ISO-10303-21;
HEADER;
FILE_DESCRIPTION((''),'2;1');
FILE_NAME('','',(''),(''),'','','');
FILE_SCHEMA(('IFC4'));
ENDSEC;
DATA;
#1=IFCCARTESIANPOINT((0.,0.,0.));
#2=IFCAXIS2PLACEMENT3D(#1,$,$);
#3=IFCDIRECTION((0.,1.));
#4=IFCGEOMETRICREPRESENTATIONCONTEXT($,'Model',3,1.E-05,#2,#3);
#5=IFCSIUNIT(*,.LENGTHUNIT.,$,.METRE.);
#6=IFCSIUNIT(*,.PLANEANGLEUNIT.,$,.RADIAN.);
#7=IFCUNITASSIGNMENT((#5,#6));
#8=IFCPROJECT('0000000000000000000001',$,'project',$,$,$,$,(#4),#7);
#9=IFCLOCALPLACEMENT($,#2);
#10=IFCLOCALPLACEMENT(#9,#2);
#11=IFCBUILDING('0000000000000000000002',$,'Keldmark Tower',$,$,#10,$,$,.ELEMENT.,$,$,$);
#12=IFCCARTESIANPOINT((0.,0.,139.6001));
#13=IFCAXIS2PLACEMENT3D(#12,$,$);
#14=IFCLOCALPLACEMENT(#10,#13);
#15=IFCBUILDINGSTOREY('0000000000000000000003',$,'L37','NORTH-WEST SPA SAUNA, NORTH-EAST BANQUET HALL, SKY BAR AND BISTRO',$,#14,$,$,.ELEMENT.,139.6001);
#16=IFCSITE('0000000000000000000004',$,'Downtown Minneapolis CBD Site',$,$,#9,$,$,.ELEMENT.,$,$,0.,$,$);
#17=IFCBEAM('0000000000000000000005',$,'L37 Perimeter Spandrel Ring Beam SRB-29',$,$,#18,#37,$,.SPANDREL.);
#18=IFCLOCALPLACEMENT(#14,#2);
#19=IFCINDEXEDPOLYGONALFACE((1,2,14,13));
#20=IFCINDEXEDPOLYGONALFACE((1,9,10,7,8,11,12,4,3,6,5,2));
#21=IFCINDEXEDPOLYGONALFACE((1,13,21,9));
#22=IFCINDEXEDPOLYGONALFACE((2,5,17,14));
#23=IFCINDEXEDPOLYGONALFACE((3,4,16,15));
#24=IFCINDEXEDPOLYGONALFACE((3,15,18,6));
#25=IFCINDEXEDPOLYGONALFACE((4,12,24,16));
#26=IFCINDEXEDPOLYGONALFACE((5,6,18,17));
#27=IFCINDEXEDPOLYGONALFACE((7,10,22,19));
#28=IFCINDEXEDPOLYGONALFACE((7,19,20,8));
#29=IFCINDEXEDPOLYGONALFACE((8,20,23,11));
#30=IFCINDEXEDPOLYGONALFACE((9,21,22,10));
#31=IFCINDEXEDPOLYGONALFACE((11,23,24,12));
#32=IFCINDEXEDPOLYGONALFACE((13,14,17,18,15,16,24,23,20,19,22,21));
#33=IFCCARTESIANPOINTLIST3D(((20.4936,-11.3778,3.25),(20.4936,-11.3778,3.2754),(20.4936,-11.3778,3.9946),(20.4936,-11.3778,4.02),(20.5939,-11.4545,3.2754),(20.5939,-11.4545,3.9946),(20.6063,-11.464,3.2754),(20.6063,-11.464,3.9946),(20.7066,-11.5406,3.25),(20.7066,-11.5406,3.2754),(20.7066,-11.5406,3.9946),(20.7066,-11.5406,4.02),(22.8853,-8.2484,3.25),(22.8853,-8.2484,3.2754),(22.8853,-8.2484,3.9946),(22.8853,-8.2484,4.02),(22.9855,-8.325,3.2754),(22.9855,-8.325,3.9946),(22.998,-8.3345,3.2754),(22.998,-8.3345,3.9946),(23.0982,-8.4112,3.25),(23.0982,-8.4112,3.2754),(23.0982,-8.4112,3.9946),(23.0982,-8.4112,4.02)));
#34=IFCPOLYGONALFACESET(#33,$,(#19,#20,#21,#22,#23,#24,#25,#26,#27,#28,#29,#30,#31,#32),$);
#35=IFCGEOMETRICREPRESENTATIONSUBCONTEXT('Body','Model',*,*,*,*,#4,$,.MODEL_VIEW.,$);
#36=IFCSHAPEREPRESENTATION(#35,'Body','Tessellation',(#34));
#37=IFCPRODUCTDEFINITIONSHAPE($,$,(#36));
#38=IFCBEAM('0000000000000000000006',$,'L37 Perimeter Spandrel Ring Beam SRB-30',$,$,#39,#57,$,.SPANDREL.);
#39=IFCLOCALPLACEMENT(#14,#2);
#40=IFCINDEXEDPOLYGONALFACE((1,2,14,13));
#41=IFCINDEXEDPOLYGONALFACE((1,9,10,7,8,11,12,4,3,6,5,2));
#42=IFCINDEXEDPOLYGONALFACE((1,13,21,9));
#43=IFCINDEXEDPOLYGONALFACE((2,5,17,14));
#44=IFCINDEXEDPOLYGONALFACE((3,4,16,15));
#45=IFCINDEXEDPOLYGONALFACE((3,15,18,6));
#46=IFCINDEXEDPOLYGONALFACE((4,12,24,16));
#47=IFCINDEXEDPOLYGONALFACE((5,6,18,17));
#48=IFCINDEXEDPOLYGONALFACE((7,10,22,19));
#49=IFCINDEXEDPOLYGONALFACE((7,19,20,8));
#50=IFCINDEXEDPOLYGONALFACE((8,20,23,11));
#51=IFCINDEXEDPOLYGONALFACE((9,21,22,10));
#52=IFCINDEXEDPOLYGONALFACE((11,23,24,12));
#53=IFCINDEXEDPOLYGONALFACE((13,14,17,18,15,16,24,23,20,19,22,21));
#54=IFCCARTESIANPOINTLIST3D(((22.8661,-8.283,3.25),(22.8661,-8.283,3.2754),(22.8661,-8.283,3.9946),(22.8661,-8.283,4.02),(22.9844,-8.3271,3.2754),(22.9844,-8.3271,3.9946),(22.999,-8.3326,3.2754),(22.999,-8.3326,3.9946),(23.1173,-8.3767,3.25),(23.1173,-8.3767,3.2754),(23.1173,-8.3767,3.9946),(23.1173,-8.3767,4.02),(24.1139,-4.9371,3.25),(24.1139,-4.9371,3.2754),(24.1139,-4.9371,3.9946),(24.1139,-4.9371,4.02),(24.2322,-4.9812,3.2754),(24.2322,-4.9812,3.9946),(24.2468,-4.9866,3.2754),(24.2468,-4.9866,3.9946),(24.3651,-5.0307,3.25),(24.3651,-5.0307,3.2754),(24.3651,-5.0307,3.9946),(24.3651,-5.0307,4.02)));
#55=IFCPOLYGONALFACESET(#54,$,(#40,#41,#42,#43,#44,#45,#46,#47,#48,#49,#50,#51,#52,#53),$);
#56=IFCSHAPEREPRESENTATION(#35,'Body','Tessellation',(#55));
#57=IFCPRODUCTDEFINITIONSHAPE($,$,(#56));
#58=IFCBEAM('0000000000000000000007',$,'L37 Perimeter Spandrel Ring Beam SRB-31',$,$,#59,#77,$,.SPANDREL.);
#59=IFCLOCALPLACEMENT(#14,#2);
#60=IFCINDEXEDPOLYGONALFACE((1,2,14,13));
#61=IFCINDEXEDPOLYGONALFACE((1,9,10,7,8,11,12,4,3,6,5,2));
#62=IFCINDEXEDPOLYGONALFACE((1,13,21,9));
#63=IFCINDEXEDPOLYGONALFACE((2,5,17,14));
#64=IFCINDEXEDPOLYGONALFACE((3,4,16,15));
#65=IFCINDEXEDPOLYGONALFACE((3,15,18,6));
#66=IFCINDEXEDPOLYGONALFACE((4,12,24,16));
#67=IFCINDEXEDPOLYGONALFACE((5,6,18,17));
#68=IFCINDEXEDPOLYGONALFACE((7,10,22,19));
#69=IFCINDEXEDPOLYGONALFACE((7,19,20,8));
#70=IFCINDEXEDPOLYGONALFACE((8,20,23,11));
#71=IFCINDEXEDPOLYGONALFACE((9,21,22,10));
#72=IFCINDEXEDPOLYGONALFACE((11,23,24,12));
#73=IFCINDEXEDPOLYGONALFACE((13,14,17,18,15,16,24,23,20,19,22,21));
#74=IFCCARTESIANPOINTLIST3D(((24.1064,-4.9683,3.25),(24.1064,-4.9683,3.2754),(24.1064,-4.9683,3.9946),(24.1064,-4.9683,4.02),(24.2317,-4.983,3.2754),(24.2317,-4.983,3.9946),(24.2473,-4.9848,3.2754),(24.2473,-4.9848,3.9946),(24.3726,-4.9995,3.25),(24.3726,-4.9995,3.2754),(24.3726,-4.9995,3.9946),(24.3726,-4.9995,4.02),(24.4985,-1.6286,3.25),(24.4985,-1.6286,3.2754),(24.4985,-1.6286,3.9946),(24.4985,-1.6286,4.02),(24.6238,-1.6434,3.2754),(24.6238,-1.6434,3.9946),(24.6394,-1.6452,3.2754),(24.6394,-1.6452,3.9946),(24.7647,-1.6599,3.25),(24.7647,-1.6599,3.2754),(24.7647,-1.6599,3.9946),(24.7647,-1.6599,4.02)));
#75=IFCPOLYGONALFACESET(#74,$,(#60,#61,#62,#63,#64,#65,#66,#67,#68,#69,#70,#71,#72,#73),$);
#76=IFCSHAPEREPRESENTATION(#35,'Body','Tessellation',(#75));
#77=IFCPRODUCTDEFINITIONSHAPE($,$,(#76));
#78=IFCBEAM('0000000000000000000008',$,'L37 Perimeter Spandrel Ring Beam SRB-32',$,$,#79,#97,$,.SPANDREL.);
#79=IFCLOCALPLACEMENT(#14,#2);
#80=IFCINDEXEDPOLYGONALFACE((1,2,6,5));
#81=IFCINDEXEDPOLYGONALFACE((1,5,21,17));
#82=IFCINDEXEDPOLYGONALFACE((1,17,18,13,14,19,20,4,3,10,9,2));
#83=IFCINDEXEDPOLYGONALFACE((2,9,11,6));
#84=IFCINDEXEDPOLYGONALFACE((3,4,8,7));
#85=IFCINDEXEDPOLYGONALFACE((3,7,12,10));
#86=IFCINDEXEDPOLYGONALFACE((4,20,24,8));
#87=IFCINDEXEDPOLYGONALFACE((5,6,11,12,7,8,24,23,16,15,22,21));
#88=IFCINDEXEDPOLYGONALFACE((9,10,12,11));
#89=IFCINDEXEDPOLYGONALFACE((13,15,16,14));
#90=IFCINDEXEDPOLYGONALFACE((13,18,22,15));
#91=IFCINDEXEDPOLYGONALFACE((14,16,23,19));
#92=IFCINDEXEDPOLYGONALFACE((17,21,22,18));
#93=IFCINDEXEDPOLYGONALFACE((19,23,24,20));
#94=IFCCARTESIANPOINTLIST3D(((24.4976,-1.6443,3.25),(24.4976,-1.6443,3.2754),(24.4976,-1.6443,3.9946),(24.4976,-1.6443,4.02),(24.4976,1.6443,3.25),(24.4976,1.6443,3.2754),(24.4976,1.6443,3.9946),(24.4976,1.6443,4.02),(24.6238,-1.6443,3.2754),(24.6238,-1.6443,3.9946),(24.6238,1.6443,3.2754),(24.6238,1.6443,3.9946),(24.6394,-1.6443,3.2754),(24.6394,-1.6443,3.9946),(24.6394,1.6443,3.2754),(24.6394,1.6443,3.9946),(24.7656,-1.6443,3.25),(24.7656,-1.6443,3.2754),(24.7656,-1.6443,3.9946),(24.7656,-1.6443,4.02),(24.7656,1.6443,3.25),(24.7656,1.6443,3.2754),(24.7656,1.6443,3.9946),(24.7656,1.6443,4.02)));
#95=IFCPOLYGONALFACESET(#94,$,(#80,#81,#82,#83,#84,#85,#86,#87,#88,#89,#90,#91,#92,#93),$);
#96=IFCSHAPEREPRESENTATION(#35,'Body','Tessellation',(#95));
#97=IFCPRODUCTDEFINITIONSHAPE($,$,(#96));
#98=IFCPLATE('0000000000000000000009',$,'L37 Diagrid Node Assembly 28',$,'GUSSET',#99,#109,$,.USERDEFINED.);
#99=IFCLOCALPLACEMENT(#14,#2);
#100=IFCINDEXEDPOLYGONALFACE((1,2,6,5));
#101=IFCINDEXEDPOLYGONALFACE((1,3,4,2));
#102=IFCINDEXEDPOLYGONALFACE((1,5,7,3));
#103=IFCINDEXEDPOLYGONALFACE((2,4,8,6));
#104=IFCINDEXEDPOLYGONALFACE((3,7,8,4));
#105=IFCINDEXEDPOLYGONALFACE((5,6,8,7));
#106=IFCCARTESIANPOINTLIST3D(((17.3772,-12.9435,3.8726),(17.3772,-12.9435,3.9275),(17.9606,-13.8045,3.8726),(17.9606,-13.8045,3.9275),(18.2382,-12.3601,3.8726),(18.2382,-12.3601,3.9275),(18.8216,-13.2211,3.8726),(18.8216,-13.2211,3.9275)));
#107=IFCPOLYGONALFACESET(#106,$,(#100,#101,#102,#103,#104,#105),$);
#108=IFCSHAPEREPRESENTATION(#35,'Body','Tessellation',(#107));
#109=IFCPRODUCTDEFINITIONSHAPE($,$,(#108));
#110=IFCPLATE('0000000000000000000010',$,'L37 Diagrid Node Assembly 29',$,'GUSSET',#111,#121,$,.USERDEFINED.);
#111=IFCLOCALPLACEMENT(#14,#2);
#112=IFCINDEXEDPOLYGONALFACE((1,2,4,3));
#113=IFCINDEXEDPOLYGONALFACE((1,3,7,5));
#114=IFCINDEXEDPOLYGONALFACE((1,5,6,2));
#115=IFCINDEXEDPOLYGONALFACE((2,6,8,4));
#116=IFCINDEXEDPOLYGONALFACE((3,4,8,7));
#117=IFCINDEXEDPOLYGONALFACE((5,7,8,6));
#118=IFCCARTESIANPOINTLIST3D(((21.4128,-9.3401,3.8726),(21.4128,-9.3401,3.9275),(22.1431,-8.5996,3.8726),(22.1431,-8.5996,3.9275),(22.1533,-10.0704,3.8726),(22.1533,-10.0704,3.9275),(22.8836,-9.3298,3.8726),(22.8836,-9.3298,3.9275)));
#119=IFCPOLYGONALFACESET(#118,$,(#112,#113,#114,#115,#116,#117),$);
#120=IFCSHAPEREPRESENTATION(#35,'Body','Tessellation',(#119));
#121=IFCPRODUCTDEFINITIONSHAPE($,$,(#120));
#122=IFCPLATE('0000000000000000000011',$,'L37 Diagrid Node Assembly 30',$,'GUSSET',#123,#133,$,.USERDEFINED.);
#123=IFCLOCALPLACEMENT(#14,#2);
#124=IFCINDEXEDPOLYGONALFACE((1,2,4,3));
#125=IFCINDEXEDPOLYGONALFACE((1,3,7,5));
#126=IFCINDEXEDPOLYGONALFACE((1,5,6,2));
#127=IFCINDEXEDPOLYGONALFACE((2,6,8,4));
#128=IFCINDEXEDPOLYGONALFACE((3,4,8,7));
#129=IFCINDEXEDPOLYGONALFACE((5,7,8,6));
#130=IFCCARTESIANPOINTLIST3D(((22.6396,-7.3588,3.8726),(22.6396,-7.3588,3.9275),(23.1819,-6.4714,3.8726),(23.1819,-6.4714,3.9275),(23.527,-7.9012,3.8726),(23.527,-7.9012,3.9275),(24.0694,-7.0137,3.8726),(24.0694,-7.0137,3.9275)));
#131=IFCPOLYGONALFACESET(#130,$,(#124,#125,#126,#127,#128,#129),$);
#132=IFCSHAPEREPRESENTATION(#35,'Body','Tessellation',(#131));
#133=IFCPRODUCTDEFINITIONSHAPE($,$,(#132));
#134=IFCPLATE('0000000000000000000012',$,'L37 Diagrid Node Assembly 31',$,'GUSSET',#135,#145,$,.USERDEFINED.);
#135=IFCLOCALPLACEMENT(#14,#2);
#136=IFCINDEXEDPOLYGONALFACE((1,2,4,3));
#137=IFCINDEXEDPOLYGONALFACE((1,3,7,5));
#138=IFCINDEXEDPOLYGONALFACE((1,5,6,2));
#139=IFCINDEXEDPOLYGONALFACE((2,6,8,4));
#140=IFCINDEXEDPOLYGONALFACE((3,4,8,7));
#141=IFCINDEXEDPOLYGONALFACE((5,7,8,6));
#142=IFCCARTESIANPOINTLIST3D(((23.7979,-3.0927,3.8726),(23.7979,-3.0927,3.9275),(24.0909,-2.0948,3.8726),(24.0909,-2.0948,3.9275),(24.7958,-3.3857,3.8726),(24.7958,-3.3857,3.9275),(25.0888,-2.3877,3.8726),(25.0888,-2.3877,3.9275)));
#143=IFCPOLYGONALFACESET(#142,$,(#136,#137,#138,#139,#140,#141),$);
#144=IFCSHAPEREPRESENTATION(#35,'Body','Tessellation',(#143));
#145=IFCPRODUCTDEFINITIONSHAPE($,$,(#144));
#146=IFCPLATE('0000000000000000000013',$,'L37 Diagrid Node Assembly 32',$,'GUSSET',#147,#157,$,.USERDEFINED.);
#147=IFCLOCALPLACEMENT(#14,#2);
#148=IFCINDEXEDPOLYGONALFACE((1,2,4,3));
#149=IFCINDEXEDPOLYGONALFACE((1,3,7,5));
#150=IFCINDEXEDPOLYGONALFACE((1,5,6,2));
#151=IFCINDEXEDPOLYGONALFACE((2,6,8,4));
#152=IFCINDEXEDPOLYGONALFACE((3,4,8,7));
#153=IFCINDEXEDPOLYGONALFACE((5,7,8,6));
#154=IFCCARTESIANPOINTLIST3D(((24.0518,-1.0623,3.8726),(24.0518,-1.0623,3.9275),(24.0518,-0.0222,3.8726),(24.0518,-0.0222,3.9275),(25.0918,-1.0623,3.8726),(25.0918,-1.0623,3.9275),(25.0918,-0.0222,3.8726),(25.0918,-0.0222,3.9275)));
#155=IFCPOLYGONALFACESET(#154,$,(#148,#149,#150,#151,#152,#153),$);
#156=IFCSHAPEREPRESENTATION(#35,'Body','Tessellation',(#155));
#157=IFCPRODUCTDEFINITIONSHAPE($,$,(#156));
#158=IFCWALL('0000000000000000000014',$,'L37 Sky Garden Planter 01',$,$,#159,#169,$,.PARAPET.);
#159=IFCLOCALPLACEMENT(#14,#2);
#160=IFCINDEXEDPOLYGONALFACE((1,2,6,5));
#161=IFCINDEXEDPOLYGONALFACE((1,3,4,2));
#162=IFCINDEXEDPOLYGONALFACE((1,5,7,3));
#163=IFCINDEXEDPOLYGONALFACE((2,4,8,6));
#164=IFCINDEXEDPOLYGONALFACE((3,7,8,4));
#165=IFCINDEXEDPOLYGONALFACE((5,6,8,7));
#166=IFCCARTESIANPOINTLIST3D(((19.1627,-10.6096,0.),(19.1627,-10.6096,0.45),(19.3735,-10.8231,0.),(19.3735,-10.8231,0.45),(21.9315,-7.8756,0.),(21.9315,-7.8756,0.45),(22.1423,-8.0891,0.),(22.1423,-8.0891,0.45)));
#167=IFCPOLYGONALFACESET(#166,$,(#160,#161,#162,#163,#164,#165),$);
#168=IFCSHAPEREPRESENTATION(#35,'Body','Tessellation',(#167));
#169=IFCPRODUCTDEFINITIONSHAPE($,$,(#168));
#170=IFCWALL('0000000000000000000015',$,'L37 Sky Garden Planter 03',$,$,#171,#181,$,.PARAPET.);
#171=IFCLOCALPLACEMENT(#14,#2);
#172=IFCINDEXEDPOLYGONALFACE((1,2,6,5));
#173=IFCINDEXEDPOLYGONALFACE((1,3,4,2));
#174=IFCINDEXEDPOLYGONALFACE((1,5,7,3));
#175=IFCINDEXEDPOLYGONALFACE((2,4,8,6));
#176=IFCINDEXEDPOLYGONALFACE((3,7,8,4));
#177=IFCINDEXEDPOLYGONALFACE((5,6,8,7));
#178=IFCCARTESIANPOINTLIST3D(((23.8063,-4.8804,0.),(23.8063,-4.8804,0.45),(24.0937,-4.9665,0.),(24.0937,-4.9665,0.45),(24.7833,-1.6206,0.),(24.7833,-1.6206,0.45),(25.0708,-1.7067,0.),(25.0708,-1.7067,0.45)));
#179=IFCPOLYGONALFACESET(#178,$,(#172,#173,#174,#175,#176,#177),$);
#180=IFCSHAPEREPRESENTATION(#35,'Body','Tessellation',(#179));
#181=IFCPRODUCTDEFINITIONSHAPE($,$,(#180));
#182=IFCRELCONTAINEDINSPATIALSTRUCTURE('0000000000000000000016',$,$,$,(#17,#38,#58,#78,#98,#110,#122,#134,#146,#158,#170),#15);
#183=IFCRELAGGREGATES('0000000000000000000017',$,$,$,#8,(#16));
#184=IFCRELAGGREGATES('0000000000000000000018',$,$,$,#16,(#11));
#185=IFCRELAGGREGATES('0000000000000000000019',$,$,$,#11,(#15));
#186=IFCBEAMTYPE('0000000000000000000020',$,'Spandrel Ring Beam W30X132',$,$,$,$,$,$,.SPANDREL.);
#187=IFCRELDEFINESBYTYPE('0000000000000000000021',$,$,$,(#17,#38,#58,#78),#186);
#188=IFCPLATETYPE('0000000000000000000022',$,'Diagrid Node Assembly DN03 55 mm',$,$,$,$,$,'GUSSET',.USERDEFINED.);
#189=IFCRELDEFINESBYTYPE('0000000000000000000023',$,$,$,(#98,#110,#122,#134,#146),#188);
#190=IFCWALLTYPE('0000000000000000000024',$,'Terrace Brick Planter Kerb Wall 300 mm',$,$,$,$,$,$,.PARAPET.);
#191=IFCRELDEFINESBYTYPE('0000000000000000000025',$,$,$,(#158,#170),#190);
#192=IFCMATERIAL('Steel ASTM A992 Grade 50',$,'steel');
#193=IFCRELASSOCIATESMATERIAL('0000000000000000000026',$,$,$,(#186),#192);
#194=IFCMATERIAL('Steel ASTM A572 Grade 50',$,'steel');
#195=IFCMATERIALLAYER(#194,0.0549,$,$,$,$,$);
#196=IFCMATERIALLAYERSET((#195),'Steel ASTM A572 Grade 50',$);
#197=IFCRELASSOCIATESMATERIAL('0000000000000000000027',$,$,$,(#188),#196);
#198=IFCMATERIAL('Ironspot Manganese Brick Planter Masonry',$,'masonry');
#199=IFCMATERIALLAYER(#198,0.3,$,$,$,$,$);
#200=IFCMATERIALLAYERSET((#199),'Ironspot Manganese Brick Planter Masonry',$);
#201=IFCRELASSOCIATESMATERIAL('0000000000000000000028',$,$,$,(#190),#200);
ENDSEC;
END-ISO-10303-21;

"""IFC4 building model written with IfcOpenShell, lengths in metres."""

from ifc_helpers import new_model, si_unit, direction, frame, frame_2d, origin, origin_2d, place, context, subcontext, project, spatial, rectangle, i_section, extrude, material, layer, layer_set, material_profile, profile_set, type_object, element, save


model = new_model("IFC4")

# Units and contexts
model_context = context("Model", 3, precision=1e-05, world=origin(), true_north=direction((0.0, 1.0)))
body_context = subcontext(model_context, "Body", "Model", "MODEL_VIEW")
ifc_project = project(units=[si_unit("LENGTHUNIT", "METRE"), si_unit("PLANEANGLEUNIT", "RADIAN")], contexts=[model_context])

# Site, building, storey
site_placement = place(None, origin())
site = spatial("IfcSite", under=ifc_project, at=site_placement, Name="Downtown Minneapolis CBD Site", CompositionType="ELEMENT", RefElevation=0.0)
building_placement = place(site_placement, origin())
building = spatial("IfcBuilding", under=site, at=building_placement, Name="Keldmark Tower", CompositionType="ELEMENT")
storey_placement = place(building_placement, frame((0.0, 0.0, 139.6001)))
storey = spatial("IfcBuildingStorey", under=building, at=storey_placement, Name="L37", Description="NORTH-WEST SPA SAUNA, NORTH-EAST BANQUET HALL, SKY BAR AND BISTRO", CompositionType="ELEMENT", Elevation=139.6001)

# Beams
ifc_material_1 = material(Name="Steel ASTM A992 Grade 50", Category="steel")
ifc_material_profile_1 = material_profile(ifc_material_1, i_section(OverallWidth=0.2681, OverallDepth=0.77, WebThickness=0.0156, FlangeThickness=0.0254, at=origin_2d()), Name="W30X132")
ifc_profile_set_1 = profile_set([ifc_material_profile_1], Name="Steel ASTM A992 Grade 50")
beam_type_1 = type_object("IfcBeamType", Name="Spandrel Ring Beam W30X132", PredefinedType="SPANDREL", material=ifc_profile_set_1)
beam_1_placement = place(storey_placement, frame((20.6001, -11.4592, 3.635), z_axis=(0.607215, 0.794537, 0.0), x_axis=(-0.794537, 0.607215, 0.0)))
element("IfcBeam", 1, at=beam_1_placement, inside=storey, type_object=beam_type_1, Name="L37 Perimeter Spandrel Ring Beam SRB-29", PredefinedType="SPANDREL", context=body_context, shape_type="SweptSolid", body=[
    extrude(i_section(OverallWidth=0.2681, OverallDepth=0.77, WebThickness=0.0156, FlangeThickness=0.0254, at=origin_2d()), origin(), (0.0, 0.0, 1.0), 3.9387),
])
beam_2_placement = place(storey_placement, frame((22.9917, -8.3298, 3.635), z_axis=(0.349422, 0.936965, 0.0), x_axis=(-0.936965, 0.349422, 0.0)))
element("IfcBeam", 2, at=beam_2_placement, inside=storey, type_object=beam_type_1, Name="L37 Perimeter Spandrel Ring Beam SRB-30", PredefinedType="SPANDREL", context=body_context, shape_type="SweptSolid", body=[
    extrude(i_section(OverallWidth=0.2681, OverallDepth=0.77, WebThickness=0.0156, FlangeThickness=0.0254, at=origin_2d()), origin(), (0.0, 0.0, 1.0), 3.571),
])
beam_3_placement = place(storey_placement, frame((24.2395, -4.9839, 3.635), z_axis=(0.116605, 0.993178, 0.0), x_axis=(-0.993178, 0.116605, 0.0)))
element("IfcBeam", 3, at=beam_3_placement, inside=storey, type_object=beam_type_1, Name="L37 Perimeter Spandrel Ring Beam SRB-31", PredefinedType="SPANDREL", context=body_context, shape_type="SweptSolid", body=[
    extrude(i_section(OverallWidth=0.2681, OverallDepth=0.77, WebThickness=0.0156, FlangeThickness=0.0254, at=origin_2d()), origin(), (0.0, 0.0, 1.0), 3.3625),
])
beam_4_placement = place(storey_placement, frame((24.6316, -1.6443, 3.635), z_axis=(0.0, 1.0, 0.0), x_axis=(-1.0, 0.0, 0.0)))
element("IfcBeam", 4, at=beam_4_placement, inside=storey, type_object=beam_type_1, Name="L37 Perimeter Spandrel Ring Beam SRB-32", PredefinedType="SPANDREL", context=body_context, shape_type="SweptSolid", body=[
    extrude(i_section(OverallWidth=0.2681, OverallDepth=0.77, WebThickness=0.0156, FlangeThickness=0.0254, at=origin_2d()), origin(), (0.0, 0.0, 1.0), 3.2886),
])

# Plates
ifc_material_2 = material(Name="Steel ASTM A572 Grade 50", Category="steel")
ifc_layer_1 = layer(ifc_material_2, 0.0549)
ifc_layer_set_1 = layer_set([ifc_layer_1], Name="Steel ASTM A572 Grade 50")
plate_type = type_object("IfcPlateType", Name="Diagrid Node Assembly DN03 55 mm", ElementType="GUSSET", PredefinedType="USERDEFINED", material=ifc_layer_set_1)
for number, where, z_axis, x_axis, name in (
    (5, (18.0994, -13.0823, 3.8726), (0.0, 0.0, 1.0), (0.827865, 0.560928, 0.0), "L37 Diagrid Node Assembly 28"),
    (6, (22.1482, -9.335, 3.8726), (0.0, 0.0, 1.0), (0.702153, 0.712026, 0.0), "L37 Diagrid Node Assembly 29"),
    (7, (23.3545, -7.1863, 3.8726), (0.0, 0.0, 1.0), (0.521456, 0.853278, 0.0), "L37 Diagrid Node Assembly 30"),
    (8, (24.4434, -2.7402, 3.8726), (0.0, 0.0, 1.0), (0.281672, 0.959511, 0.0), "L37 Diagrid Node Assembly 31"),
    (9, (24.5718, -0.5422, 3.8726), (0.0, 0.0, 1.0), (0.0, 1.0, 0.0), "L37 Diagrid Node Assembly 32"),
):
    element("IfcPlate", number, at=place(storey_placement, frame(where, z_axis=z_axis, x_axis=x_axis)), inside=storey, type_object=plate_type, Name=name, ObjectType="GUSSET", PredefinedType="USERDEFINED", context=body_context, shape_type="SweptSolid", body=[
        extrude(rectangle(XDim=1.04, YDim=1.04, at=origin_2d()), origin(), (0.0, 0.0, 1.0), 0.0549),
    ])

# Walls
ifc_material_3 = material(Name="Ironspot Manganese Brick Planter Masonry", Category="masonry")
ifc_layer_2 = layer(ifc_material_3, 0.3)
ifc_layer_set_2 = layer_set([ifc_layer_2], Name="Ironspot Manganese Brick Planter Masonry")
wall_type_1 = type_object("IfcWallType", Name="Terrace Brick Planter Kerb Wall 300 mm", PredefinedType="PARAPET", material=ifc_layer_set_2)
wall_1_placement = place(storey_placement, frame((19.2681, -10.7163, 0.0), z_axis=(0.0, 0.0, 1.0), x_axis=(0.711579, 0.702606, 0.0)))
element("IfcWall", 10, at=wall_1_placement, inside=storey, type_object=wall_type_1, Name="L37 Sky Garden Planter 01", PredefinedType="PARAPET", context=body_context, shape_type="SweptSolid", body=[
    extrude(rectangle(XDim=3.8911, YDim=0.3, at=frame_2d((1.9456, 0.0))), origin(), (0.0, 0.0, 1.0), 0.45),
])
wall_2_placement = place(storey_placement, frame((23.95, -4.9236, 0.0), z_axis=(0.0, 0.0, 1.0), x_axis=(0.287111, 0.957897, 0.0)))
element("IfcWall", 11, at=wall_2_placement, inside=storey, type_object=wall_type_1, Name="L37 Sky Garden Planter 03", PredefinedType="PARAPET", context=body_context, shape_type="SweptSolid", body=[
    extrude(rectangle(XDim=3.4031, YDim=0.3, at=frame_2d((1.7017, 0.0))), origin(), (0.0, 0.0, 1.0), 0.45),
])

save(model, "model.ifc")
